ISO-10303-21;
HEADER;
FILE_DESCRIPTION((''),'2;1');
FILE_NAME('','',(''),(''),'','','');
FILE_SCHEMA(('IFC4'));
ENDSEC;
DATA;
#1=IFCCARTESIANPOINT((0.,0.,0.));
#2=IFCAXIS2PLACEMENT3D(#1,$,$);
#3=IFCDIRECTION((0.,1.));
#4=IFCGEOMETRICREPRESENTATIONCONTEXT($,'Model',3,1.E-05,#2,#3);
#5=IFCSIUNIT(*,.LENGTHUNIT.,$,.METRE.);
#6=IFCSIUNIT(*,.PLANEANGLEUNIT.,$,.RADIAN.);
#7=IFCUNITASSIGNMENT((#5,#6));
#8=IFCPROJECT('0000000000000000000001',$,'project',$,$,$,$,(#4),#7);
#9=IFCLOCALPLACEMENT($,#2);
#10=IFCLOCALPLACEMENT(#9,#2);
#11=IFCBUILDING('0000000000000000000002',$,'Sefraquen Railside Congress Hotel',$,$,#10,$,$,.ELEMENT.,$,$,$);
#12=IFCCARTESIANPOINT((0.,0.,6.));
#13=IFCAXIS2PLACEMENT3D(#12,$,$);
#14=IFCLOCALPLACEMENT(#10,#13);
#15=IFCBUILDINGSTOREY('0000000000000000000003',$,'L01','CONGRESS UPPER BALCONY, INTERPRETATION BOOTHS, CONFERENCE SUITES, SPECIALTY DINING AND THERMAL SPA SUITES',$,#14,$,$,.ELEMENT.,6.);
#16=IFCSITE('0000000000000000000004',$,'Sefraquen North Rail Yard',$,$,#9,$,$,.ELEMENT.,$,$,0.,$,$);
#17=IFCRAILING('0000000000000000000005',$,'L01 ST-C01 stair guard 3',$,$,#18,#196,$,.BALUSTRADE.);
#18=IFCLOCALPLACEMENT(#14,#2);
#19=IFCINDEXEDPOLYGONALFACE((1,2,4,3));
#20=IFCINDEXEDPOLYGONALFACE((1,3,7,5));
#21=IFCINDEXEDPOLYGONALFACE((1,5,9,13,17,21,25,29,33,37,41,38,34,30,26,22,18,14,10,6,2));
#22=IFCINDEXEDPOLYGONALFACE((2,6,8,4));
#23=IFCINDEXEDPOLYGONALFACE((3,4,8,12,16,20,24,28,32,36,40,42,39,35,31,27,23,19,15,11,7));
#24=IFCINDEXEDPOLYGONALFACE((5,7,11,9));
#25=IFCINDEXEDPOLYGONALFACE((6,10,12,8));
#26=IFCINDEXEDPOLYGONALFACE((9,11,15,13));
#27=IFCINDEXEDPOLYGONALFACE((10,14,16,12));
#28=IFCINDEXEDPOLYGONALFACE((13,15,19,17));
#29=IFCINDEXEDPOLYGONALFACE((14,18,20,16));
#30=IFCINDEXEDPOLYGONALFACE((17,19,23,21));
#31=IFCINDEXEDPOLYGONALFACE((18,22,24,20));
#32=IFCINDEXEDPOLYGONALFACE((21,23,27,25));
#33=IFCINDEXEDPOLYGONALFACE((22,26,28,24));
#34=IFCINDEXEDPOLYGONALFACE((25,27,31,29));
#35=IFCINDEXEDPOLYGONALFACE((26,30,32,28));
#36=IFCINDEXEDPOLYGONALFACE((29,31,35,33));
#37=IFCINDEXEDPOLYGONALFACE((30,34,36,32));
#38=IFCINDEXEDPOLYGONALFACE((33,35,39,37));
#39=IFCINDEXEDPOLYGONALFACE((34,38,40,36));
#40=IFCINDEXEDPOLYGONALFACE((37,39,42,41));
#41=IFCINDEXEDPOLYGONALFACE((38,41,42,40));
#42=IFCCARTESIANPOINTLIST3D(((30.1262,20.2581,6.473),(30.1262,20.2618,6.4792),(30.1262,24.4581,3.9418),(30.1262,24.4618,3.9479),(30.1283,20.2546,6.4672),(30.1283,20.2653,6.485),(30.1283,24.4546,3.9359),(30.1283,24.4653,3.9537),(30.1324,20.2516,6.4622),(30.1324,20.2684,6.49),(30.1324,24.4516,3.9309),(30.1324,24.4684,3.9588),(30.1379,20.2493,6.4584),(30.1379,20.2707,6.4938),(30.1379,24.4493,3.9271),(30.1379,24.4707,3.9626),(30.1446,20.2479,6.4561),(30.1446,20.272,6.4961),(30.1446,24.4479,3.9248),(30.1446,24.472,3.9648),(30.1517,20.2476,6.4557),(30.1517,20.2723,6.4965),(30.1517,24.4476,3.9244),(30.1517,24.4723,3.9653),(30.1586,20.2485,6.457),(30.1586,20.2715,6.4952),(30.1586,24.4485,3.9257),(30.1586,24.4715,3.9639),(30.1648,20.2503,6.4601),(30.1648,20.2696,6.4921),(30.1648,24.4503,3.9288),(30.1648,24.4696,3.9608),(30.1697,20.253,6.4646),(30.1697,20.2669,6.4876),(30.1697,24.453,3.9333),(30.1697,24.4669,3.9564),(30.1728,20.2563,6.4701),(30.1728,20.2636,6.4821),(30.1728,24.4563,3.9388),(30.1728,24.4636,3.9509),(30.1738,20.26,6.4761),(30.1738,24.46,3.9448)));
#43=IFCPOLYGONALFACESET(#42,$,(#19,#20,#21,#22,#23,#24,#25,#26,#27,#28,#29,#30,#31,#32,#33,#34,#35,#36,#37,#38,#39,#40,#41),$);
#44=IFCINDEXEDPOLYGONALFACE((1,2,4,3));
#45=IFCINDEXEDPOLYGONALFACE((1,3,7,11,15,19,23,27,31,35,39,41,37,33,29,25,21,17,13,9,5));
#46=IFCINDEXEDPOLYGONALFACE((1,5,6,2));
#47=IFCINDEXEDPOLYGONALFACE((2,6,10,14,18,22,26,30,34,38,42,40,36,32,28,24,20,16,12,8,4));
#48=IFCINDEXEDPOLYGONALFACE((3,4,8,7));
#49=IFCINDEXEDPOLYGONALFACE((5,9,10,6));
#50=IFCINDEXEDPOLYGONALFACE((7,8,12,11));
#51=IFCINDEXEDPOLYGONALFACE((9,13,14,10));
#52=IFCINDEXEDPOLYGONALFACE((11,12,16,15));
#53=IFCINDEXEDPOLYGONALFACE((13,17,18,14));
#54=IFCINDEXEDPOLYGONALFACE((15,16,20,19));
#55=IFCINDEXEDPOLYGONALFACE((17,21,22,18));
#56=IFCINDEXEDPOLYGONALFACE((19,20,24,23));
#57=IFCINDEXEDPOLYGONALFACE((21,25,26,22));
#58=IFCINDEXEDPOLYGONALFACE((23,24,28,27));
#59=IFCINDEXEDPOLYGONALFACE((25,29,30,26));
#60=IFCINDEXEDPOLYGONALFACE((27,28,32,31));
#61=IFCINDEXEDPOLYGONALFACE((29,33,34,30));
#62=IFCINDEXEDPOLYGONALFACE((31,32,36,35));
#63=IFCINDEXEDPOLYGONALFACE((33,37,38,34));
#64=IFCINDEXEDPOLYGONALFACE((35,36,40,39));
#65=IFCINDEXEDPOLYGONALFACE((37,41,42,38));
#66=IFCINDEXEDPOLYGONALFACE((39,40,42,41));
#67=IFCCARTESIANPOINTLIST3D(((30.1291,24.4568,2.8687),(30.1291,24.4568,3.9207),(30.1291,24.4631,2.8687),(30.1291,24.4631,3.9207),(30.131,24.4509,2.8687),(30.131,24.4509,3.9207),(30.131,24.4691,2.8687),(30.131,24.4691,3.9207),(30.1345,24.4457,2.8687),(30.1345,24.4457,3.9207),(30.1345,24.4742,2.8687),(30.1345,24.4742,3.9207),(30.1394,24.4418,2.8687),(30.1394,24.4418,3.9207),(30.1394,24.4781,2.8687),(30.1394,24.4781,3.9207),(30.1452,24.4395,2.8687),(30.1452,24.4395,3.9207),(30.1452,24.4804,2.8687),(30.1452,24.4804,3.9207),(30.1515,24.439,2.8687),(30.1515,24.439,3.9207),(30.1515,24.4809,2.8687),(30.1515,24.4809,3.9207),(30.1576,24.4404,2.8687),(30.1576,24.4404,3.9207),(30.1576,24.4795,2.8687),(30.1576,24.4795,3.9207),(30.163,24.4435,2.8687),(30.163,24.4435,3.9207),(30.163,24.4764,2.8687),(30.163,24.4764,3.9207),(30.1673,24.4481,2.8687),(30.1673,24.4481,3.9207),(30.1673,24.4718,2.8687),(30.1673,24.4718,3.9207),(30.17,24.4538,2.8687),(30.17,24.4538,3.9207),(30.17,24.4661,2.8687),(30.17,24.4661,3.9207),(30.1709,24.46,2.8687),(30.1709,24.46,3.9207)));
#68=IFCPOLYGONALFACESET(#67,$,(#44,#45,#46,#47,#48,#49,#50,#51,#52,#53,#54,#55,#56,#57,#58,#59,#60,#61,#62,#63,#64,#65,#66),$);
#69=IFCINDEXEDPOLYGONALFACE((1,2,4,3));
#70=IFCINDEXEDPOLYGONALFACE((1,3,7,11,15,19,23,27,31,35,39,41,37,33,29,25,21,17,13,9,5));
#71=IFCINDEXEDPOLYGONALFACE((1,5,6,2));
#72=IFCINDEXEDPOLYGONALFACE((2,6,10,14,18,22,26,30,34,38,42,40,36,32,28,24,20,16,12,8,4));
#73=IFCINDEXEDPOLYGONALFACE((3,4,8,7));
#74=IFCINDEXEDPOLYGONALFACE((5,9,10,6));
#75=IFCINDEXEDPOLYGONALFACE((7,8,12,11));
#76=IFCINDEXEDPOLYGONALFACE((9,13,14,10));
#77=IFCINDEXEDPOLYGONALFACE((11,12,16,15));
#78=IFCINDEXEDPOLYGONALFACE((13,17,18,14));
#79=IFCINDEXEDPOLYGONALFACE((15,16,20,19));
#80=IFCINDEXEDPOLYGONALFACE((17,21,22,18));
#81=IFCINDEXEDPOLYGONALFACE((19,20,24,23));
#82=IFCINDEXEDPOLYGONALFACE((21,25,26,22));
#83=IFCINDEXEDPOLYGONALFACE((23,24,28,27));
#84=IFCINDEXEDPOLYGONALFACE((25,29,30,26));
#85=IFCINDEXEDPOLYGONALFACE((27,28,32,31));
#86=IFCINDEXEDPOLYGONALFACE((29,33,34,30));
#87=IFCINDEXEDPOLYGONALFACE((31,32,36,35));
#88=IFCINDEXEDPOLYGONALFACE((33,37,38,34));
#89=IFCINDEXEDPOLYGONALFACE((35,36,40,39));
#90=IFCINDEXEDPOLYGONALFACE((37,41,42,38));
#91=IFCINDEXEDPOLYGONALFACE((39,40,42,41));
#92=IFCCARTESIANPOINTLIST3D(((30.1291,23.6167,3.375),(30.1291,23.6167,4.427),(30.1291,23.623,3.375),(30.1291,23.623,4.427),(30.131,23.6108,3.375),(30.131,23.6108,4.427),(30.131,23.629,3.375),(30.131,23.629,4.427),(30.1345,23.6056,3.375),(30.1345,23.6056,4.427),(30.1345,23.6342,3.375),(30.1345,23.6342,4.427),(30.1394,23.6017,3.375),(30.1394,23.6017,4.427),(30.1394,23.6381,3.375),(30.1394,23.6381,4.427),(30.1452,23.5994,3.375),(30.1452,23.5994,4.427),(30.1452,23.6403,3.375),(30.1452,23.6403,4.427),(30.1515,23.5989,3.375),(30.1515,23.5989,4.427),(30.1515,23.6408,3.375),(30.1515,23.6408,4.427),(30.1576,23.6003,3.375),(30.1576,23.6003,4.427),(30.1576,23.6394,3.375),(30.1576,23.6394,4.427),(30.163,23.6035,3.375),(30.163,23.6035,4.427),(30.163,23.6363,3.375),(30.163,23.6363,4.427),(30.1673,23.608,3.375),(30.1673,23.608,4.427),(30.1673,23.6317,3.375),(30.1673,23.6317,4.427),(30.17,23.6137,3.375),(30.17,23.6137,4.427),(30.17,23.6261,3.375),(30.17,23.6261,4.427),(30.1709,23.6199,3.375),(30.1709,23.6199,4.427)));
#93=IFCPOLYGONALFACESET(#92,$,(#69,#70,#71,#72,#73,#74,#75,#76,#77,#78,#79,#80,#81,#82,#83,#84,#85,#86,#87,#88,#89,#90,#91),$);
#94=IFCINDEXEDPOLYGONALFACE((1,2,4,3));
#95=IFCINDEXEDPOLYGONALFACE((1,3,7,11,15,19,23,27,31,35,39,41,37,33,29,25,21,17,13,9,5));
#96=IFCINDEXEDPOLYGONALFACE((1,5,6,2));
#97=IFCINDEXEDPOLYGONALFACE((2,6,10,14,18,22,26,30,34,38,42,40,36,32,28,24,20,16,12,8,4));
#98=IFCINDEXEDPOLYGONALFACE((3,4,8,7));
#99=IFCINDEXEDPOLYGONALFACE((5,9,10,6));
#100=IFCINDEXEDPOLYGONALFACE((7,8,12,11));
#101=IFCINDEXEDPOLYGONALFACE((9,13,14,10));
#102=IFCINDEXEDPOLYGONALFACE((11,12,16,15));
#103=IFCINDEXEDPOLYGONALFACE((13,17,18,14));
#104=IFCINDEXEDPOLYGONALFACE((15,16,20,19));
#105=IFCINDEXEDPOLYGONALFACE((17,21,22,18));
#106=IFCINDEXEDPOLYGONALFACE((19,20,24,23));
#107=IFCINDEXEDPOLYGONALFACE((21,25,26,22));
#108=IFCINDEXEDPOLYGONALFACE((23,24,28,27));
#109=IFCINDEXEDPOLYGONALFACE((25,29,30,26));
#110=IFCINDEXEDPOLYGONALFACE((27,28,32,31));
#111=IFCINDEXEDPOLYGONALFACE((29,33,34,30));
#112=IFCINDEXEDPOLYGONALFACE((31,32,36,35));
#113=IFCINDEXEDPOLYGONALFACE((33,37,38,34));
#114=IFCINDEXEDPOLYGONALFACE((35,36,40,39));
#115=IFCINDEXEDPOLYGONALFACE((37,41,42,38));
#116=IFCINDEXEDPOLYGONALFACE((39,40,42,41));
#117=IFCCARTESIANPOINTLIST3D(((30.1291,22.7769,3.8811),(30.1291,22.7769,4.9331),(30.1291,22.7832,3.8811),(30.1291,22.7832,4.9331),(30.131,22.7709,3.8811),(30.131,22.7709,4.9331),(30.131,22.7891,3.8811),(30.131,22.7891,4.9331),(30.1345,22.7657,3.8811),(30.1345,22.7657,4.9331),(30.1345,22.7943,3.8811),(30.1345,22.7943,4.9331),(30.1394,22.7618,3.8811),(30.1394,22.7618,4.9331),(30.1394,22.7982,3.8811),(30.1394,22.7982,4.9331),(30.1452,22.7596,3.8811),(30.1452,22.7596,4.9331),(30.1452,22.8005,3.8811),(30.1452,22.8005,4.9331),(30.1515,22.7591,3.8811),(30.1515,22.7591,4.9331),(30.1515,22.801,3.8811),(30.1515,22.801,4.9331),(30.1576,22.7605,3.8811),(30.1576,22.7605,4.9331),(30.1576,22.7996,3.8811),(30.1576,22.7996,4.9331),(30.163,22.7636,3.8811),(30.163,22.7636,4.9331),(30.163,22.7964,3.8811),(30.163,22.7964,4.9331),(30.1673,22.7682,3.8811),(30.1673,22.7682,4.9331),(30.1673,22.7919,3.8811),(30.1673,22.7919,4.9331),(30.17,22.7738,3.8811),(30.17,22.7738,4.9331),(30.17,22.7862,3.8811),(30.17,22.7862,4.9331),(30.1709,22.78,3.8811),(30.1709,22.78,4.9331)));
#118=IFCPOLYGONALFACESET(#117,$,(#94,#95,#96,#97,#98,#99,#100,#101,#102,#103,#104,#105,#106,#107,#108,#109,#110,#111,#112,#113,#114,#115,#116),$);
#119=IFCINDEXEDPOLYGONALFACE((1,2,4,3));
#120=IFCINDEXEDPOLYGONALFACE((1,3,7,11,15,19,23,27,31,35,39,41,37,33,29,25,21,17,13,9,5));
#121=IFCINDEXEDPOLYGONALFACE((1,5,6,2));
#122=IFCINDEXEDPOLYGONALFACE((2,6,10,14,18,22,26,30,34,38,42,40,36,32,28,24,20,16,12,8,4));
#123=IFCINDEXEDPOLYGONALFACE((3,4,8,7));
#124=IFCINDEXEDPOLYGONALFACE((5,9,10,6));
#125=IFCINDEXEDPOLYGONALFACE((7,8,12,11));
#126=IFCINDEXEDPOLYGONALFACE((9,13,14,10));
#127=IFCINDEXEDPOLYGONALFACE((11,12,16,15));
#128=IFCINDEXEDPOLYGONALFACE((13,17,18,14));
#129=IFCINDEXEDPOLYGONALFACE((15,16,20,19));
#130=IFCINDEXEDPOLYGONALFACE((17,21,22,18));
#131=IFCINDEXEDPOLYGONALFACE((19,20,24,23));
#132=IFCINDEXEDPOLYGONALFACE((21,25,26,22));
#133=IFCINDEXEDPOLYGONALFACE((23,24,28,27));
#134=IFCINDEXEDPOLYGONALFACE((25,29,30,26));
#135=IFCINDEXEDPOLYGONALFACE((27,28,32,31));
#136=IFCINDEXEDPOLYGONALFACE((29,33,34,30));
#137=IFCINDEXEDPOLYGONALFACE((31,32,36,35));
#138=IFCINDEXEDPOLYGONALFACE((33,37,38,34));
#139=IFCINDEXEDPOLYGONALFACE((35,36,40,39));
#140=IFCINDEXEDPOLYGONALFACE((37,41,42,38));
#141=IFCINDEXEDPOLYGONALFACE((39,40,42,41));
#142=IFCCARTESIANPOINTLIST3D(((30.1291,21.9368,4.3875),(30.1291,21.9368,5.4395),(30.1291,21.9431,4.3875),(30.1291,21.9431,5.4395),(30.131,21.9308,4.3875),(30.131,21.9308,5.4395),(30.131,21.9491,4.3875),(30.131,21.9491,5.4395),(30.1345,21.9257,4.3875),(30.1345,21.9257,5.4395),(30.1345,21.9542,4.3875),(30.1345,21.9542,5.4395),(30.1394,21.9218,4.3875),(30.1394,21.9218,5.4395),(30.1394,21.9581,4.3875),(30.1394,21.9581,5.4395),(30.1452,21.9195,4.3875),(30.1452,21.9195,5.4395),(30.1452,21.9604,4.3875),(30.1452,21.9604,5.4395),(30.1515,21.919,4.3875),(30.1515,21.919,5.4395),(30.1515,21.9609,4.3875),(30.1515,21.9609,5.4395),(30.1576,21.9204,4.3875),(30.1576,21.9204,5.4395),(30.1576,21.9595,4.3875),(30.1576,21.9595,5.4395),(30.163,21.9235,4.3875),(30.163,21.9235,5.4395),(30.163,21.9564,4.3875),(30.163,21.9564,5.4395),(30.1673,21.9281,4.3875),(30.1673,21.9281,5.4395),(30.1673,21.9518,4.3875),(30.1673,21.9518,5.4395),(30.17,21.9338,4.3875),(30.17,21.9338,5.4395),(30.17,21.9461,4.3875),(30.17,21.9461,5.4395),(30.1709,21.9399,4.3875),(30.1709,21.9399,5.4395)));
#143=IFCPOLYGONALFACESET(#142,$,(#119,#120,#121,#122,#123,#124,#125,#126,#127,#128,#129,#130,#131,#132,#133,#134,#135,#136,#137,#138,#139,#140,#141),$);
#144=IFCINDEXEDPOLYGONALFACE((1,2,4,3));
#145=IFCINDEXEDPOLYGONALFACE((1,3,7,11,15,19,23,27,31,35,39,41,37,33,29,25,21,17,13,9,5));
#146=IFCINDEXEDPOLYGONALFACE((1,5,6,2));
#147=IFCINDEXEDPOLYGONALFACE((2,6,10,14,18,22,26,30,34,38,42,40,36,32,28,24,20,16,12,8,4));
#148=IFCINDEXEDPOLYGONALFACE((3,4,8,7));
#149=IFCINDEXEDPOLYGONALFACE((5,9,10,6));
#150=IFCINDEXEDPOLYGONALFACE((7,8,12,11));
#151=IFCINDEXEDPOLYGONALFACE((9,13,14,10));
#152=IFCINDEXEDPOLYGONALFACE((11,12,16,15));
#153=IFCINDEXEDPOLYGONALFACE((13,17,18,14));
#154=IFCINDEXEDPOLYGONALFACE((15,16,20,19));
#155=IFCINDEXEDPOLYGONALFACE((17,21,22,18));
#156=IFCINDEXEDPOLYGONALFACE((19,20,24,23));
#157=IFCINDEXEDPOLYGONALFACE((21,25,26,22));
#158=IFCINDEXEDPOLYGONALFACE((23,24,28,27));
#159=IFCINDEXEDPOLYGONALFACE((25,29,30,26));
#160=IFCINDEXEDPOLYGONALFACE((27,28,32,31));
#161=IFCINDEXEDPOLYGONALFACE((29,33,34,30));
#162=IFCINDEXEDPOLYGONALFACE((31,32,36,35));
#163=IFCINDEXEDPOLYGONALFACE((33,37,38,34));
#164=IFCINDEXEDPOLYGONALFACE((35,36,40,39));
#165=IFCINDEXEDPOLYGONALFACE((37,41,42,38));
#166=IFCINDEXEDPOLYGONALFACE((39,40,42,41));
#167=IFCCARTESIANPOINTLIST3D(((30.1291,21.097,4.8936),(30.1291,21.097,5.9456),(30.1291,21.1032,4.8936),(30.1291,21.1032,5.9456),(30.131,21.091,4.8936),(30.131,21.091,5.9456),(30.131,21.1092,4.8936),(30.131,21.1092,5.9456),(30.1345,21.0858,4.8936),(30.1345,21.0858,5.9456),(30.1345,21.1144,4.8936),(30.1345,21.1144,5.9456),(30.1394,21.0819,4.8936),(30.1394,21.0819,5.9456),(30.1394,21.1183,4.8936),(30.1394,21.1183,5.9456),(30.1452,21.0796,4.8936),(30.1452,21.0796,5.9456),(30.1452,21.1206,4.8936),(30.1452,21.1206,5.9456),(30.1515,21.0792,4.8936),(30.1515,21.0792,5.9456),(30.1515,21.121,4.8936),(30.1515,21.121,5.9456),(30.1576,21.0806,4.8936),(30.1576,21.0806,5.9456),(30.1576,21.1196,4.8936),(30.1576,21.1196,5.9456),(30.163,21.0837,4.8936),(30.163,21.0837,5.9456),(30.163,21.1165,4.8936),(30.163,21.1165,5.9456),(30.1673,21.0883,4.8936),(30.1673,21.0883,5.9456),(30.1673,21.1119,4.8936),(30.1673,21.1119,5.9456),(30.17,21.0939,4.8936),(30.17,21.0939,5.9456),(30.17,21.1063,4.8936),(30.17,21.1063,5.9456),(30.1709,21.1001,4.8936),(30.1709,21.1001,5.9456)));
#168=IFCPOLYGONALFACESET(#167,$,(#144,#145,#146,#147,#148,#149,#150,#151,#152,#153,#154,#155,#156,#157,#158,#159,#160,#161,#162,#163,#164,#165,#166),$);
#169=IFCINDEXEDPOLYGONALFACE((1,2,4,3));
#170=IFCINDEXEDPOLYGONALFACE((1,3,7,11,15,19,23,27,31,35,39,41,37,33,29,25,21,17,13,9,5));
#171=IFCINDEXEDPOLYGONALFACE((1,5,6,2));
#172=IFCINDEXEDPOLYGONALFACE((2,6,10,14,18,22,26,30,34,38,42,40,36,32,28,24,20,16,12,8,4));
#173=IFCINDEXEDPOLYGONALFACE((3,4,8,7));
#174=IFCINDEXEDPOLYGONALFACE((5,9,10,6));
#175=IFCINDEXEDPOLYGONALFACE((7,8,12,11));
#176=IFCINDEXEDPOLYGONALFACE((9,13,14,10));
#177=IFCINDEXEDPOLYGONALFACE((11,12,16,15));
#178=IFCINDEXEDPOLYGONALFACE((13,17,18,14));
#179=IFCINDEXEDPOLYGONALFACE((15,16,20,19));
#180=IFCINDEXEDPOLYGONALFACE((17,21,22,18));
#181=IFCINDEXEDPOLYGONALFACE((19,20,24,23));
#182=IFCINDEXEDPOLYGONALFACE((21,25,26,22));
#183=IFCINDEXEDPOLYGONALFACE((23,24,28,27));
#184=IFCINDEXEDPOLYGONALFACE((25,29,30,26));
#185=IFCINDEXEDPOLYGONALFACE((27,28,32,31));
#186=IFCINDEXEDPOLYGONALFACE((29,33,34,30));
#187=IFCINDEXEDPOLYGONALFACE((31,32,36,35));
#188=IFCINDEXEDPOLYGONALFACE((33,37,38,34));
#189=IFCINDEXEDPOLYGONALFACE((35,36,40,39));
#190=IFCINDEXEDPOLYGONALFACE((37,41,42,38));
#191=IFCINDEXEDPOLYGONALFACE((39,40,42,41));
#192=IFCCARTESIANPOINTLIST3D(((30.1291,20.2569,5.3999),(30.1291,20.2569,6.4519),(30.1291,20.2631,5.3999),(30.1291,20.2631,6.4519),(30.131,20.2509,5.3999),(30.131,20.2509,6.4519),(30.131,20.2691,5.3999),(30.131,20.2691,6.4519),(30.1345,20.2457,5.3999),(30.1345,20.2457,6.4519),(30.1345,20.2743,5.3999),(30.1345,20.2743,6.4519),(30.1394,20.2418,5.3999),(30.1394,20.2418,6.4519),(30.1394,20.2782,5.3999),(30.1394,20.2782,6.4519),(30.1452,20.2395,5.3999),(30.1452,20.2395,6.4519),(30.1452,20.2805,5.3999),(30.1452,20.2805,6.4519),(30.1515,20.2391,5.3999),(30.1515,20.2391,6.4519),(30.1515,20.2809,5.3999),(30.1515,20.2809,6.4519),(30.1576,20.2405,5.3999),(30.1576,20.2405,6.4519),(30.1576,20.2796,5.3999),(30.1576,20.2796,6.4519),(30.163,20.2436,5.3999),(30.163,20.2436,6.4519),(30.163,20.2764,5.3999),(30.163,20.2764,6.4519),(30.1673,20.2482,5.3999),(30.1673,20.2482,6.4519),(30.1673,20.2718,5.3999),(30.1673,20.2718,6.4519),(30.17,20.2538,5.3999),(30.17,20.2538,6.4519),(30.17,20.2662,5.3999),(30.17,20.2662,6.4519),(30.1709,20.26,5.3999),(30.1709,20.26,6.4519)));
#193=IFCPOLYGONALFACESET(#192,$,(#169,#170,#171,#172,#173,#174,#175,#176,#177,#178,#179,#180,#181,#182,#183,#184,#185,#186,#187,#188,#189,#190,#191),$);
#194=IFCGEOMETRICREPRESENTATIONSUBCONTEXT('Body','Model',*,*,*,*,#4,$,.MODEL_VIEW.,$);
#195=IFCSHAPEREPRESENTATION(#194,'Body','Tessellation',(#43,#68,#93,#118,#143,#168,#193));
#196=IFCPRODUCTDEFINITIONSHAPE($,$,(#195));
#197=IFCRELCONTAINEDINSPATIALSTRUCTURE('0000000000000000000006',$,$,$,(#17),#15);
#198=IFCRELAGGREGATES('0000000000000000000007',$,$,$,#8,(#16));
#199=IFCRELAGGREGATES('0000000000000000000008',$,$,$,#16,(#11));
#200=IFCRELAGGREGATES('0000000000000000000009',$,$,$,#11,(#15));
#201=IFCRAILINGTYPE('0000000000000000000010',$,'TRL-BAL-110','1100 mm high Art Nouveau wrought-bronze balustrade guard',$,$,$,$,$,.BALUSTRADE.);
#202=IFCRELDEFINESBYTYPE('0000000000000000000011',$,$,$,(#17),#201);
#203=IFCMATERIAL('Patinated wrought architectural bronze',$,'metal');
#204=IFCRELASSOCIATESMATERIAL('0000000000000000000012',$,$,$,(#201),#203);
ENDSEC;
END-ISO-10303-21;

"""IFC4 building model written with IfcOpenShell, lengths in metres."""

from ifc_helpers import new_model, si_unit, direction, frame, origin, origin_2d, place, context, subcontext, project, spatial, circle, extrude, material, type_object, element, save


model = new_model("IFC4")

# Units and contexts
model_context = context("Model", 3, precision=1e-05, world=origin(), true_north=direction((0.0, 1.0)))
body_context = subcontext(model_context, "Body", "Model", "MODEL_VIEW")
ifc_project = project(units=[si_unit("LENGTHUNIT", "METRE"), si_unit("PLANEANGLEUNIT", "RADIAN")], contexts=[model_context])

# Site, building, storey
site_placement = place(None, origin())
site = spatial("IfcSite", under=ifc_project, at=site_placement, Name="Sefraquen North Rail Yard", CompositionType="ELEMENT", RefElevation=0.0)
building_placement = place(site_placement, origin())
building = spatial("IfcBuilding", under=site, at=building_placement, Name="Sefraquen Railside Congress Hotel", CompositionType="ELEMENT")
storey_placement = place(building_placement, frame((0.0, 0.0, 6.0)))
storey = spatial("IfcBuildingStorey", under=building, at=storey_placement, Name="L01", Description="CONGRESS UPPER BALCONY, INTERPRETATION BOOTHS, CONFERENCE SUITES, SPECIALTY DINING AND THERMAL SPA SUITES", CompositionType="ELEMENT", Elevation=6.0)

# Railing
ifc_material_1 = material(Name="Patinated wrought architectural bronze", Category="metal")
railing_type_1 = type_object("IfcRailingType", Name="TRL-BAL-110", Description="1100 mm high Art Nouveau wrought-bronze balustrade guard", PredefinedType="BALUSTRADE", material=ifc_material_1)
railing_1_placement = place(storey_placement, frame((30.1499, 24.46, 2.8687)))
element("IfcRailing", 1, at=railing_1_placement, inside=storey, type_object=railing_type_1, Name="L01 ST-C01 stair guard 3", PredefinedType="BALUSTRADE", context=body_context, shape_type="SweptSolid", body=[
    extrude(circle(Radius=0.0239, at=origin_2d()), frame((0.0, 0.0, 1.0762), z_axis=(0.0, -0.856476, 0.516186), x_axis=(1.0, 0.0, 0.0)), (0.0, 0.0, 1.0), 4.9038),
    extrude(circle(Radius=0.021, at=origin_2d()), origin(), (0.0, 0.0, 1.0), 1.052),
    extrude(circle(Radius=0.021, at=origin_2d()), frame((0.0, -0.8401, 0.5063)), (0.0, 0.0, 1.0), 1.052),
    extrude(circle(Radius=0.021, at=origin_2d()), frame((0.0, -1.6799, 1.0125)), (0.0, 0.0, 1.0), 1.052),
    extrude(circle(Radius=0.021, at=origin_2d()), frame((0.0, -2.52, 1.5188)), (0.0, 0.0, 1.0), 1.052),
    extrude(circle(Radius=0.021, at=origin_2d()), frame((0.0, -3.3599, 2.0249)), (0.0, 0.0, 1.0), 1.052),
    extrude(circle(Radius=0.021, at=origin_2d()), frame((0.0, -4.2, 2.5312)), (0.0, 0.0, 1.0), 1.052),
])

save(model, "model.ifc")
